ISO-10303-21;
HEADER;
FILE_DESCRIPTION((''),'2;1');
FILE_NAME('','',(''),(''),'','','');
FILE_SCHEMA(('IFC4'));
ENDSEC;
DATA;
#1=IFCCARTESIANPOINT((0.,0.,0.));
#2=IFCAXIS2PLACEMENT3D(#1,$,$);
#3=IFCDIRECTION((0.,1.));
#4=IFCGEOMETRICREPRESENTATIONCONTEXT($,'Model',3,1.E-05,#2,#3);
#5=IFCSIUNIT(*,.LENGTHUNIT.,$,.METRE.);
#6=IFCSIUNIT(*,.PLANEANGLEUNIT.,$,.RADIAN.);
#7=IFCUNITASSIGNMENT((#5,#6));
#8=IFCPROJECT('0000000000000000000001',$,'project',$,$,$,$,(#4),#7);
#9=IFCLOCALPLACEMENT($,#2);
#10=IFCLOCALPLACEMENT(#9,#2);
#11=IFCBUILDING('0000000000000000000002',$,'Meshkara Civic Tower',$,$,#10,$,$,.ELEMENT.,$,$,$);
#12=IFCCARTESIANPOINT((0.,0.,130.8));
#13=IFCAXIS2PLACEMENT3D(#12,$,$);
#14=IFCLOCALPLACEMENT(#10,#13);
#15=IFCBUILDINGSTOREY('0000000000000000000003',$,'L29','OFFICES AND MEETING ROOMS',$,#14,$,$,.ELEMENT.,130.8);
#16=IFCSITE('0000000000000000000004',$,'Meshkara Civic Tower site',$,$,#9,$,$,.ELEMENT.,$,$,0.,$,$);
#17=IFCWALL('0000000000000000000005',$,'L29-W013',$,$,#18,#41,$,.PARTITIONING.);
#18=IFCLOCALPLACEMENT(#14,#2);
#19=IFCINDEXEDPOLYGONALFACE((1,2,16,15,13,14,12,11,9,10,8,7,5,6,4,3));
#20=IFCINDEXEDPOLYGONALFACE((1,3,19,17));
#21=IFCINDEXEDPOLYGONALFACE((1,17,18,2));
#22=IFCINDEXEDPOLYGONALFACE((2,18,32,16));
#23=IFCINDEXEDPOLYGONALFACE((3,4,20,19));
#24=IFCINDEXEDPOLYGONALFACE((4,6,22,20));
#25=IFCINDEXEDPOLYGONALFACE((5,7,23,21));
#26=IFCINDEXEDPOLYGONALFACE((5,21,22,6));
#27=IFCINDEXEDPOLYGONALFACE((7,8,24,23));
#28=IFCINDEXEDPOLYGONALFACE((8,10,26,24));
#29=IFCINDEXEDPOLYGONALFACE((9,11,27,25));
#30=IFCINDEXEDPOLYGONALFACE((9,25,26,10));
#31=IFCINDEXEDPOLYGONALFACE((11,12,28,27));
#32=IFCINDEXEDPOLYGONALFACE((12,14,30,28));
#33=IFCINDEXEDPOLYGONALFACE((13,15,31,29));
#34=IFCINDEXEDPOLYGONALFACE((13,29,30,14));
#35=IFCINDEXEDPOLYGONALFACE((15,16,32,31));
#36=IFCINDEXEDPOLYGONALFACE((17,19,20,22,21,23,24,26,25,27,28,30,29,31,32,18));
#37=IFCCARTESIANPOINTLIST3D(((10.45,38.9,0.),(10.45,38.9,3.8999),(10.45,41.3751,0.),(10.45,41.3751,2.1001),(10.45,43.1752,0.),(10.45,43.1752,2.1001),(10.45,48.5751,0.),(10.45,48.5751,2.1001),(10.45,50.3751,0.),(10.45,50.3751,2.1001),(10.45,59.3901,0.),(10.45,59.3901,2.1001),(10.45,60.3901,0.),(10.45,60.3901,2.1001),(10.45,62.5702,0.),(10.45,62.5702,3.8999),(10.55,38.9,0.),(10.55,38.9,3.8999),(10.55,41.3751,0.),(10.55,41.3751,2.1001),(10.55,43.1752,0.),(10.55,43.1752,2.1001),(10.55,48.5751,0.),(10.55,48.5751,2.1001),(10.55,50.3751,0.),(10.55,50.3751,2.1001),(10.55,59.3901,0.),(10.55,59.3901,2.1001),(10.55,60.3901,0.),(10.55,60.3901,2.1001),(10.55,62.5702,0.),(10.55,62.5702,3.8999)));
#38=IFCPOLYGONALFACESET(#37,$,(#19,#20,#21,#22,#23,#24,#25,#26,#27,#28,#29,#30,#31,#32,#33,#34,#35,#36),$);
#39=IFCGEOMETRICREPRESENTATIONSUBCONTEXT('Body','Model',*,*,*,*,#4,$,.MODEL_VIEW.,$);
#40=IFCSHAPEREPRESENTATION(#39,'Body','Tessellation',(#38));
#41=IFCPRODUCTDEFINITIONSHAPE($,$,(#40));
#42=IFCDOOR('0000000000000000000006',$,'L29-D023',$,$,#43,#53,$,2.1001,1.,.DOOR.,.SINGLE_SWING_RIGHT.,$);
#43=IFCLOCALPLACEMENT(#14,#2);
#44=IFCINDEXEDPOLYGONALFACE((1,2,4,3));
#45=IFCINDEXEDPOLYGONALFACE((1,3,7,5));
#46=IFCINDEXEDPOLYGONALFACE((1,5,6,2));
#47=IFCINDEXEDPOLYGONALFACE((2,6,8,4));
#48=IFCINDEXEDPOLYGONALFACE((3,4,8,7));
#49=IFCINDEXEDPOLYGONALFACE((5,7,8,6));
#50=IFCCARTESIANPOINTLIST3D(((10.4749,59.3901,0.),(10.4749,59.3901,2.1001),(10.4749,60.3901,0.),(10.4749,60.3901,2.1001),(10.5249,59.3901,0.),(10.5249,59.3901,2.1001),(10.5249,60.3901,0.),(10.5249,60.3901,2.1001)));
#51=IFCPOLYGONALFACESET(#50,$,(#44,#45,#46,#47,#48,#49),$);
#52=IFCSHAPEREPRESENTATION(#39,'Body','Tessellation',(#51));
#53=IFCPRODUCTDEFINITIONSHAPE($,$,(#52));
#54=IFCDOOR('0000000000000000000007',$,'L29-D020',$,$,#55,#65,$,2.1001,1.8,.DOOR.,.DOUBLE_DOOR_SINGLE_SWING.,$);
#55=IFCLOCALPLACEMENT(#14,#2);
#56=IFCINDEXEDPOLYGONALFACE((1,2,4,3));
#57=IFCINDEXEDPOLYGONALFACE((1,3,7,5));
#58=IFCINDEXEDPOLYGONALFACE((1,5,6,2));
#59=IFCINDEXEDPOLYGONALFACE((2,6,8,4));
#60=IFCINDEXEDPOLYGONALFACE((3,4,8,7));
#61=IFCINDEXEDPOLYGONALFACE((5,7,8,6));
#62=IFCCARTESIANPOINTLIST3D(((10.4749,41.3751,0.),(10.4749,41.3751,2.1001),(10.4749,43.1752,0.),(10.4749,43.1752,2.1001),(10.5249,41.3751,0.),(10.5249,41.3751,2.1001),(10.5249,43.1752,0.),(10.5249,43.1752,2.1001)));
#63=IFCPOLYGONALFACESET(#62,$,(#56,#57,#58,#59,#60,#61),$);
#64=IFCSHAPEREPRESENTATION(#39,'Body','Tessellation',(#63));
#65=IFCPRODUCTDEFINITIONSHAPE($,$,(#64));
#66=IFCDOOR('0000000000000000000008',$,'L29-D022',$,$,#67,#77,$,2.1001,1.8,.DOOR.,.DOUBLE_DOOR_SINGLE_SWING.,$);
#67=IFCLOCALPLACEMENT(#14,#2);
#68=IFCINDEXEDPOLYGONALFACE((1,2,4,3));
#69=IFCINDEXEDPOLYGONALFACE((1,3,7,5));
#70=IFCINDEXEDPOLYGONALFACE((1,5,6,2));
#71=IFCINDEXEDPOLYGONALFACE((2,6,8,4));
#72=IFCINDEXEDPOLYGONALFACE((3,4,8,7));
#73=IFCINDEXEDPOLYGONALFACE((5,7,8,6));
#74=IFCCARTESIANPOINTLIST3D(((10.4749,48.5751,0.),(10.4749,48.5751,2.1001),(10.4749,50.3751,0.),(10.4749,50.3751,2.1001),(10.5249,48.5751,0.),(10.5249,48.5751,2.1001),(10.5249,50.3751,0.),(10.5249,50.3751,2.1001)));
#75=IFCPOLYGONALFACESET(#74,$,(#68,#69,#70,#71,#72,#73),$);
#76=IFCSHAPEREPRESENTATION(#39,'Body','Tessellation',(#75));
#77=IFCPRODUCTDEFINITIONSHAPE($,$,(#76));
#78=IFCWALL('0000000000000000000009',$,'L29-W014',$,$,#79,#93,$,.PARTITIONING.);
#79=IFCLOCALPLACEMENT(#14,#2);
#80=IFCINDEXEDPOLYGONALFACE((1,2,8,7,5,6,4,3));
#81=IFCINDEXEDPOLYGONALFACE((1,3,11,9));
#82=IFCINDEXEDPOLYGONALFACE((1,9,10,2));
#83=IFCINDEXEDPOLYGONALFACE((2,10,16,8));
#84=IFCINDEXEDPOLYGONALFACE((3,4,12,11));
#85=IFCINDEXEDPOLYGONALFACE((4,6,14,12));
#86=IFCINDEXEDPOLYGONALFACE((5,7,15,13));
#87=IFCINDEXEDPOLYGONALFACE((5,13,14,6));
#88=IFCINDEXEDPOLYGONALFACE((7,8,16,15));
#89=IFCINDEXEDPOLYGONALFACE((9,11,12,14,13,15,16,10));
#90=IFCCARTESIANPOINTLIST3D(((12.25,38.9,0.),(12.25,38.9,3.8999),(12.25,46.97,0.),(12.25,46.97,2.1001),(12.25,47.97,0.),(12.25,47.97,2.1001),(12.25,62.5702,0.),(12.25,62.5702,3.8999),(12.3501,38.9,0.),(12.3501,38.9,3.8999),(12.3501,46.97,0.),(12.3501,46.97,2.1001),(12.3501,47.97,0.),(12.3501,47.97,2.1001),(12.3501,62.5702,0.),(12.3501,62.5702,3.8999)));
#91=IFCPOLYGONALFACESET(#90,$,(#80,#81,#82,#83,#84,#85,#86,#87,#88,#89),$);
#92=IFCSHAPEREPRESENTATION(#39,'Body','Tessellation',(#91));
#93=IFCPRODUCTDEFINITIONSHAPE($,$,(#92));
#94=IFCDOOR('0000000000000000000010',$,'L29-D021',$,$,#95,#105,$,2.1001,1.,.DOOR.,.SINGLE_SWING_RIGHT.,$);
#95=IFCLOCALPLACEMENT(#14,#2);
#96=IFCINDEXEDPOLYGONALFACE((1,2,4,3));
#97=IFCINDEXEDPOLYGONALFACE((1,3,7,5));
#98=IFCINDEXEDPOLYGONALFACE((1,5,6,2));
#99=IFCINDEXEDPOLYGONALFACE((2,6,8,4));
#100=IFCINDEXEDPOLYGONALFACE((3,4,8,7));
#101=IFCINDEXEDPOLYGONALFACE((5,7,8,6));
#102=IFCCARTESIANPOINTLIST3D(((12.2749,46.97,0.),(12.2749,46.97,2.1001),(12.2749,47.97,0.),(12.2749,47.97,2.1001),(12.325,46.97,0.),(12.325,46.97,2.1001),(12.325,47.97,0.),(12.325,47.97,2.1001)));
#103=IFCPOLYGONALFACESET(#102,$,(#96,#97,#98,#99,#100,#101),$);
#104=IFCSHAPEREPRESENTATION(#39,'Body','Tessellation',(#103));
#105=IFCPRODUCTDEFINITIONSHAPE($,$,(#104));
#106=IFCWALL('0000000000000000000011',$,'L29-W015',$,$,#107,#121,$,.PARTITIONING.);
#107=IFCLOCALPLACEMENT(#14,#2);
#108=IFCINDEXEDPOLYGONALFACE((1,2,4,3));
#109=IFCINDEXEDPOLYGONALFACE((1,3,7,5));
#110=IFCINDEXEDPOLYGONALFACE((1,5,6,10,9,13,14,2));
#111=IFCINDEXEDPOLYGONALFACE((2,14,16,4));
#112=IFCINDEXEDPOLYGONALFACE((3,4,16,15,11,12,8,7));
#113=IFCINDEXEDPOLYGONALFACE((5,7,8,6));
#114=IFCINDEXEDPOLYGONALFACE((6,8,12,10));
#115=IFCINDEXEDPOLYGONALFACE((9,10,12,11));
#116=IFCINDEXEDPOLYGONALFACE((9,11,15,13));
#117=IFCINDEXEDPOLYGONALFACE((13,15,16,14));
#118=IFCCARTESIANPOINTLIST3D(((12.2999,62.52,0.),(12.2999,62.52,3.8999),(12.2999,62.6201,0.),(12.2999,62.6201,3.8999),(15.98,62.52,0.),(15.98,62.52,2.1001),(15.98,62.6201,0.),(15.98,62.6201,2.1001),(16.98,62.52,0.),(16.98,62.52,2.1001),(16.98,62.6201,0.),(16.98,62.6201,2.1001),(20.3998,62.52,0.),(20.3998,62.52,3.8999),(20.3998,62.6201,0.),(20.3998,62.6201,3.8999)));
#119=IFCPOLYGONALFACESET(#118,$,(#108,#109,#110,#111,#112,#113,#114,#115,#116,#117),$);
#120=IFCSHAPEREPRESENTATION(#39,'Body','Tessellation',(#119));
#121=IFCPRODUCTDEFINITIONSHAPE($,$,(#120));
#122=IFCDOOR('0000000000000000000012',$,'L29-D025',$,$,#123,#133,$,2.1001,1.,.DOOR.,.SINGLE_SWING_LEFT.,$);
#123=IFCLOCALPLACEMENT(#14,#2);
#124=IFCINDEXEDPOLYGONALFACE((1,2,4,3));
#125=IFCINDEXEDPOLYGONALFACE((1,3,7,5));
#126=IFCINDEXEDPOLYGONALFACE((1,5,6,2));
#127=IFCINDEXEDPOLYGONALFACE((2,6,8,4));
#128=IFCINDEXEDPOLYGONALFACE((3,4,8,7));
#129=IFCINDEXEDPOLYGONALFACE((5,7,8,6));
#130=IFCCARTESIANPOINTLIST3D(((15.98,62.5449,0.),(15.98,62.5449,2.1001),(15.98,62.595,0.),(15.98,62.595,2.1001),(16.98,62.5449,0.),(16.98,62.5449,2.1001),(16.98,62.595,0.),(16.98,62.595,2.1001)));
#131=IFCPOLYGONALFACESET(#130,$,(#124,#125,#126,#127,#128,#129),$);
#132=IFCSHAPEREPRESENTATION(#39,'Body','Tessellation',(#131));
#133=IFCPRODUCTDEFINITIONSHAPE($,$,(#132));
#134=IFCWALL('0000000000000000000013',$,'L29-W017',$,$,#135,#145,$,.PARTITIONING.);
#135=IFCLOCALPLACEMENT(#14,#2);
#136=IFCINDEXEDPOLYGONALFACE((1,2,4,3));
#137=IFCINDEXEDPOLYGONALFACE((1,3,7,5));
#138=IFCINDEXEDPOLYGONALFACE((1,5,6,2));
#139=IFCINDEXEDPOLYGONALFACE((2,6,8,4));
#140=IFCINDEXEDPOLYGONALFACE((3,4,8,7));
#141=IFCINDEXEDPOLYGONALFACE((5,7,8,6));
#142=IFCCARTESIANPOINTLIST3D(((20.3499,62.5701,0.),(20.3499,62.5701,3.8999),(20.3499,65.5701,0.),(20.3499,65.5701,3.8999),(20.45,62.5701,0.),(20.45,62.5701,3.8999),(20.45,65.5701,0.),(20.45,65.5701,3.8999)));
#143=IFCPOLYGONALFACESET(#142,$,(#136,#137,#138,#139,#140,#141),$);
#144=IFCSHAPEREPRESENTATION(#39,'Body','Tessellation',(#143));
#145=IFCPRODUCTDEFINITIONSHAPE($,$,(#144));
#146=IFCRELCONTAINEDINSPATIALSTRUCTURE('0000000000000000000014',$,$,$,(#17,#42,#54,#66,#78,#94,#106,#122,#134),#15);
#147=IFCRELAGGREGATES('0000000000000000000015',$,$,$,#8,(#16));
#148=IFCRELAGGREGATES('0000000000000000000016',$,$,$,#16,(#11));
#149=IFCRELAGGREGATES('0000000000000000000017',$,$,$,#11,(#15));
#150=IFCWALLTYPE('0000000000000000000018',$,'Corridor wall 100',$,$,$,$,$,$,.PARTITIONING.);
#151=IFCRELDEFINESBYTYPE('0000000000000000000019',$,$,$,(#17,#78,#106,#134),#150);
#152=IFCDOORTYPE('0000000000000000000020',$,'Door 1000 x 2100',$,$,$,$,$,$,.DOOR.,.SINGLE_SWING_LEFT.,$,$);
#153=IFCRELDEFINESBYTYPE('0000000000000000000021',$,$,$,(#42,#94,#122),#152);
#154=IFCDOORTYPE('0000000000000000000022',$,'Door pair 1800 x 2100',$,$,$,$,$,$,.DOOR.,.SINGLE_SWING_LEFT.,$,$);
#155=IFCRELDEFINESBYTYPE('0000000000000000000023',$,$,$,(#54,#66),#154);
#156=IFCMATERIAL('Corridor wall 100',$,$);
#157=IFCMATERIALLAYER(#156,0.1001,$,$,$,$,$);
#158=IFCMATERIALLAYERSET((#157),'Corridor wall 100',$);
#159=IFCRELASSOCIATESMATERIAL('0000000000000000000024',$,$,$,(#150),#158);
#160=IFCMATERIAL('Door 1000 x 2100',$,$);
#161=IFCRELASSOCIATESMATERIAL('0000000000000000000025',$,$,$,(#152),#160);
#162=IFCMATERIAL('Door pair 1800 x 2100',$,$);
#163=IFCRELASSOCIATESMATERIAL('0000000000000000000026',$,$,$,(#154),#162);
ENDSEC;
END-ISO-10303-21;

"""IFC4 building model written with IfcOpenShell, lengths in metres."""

from ifc_helpers import new_model, si_unit, direction, frame, frame_2d, origin, place, context, subcontext, project, spatial, rectangle, extrude, material, layer, layer_set, type_object, element, fill, save


model = new_model("IFC4")

# Units and contexts
model_context = context("Model", 3, precision=1e-05, world=origin(), true_north=direction((0.0, 1.0)))
body_context = subcontext(model_context, "Body", "Model", "MODEL_VIEW")
ifc_project = project(units=[si_unit("LENGTHUNIT", "METRE"), si_unit("PLANEANGLEUNIT", "RADIAN")], contexts=[model_context])

# Site, building, storey
site_placement = place(None, origin())
site = spatial("IfcSite", under=ifc_project, at=site_placement, Name="Meshkara Civic Tower site", CompositionType="ELEMENT", RefElevation=0.0)
building_placement = place(site_placement, origin())
building = spatial("IfcBuilding", under=site, at=building_placement, Name="Meshkara Civic Tower", CompositionType="ELEMENT")
storey_placement = place(building_placement, frame((0.0, 0.0, 130.8)))
storey = spatial("IfcBuildingStorey", under=building, at=storey_placement, Name="L29", Description="OFFICES AND MEETING ROOMS", CompositionType="ELEMENT", Elevation=130.8)

# Wall, openings, doors
ifc_material_1 = material(Name="Corridor wall 100")
ifc_layer_1 = layer(ifc_material_1, 0.1001)
ifc_layer_set_1 = layer_set([ifc_layer_1], Name="Corridor wall 100")
wall_type_1 = type_object("IfcWallType", Name="Corridor wall 100", PredefinedType="PARTITIONING", material=ifc_layer_set_1)
wall_1_placement = place(storey_placement, frame((10.5, 62.5701, 0.0), z_axis=(0.0, 0.0, 1.0), x_axis=(0.0, -1.0, 0.0)))
wall_1 = element("IfcWall", 1, at=wall_1_placement, inside=storey, type_object=wall_type_1, Name="L29-W013", PredefinedType="PARTITIONING", context=body_context, shape_type="SweptSolid", body=[
    extrude(rectangle(XDim=23.6702, YDim=0.1001, at=frame_2d((11.835, 0.0))), origin(), (0.0, 0.0, 1.0), 3.8999),
])
opening_1_placement = place(wall_1_placement, frame((19.395, 0.0, 0.0)))
opening_1 = element("IfcOpeningElement", 2, at=opening_1_placement, cuts=wall_1, PredefinedType="OPENING", context=body_context, shape_type="SweptSolid", body=[
    extrude(rectangle(XDim=1.8, YDim=2.1001, at=frame_2d((0.8999, 1.05))), frame((0.0, 0.0601, 0.0), z_axis=(0.0, -1.0, 0.0), x_axis=(1.0, 0.0, 0.0)), (0.0, 0.0, 1.0), 0.1201),
])
opening_2_placement = place(wall_1_placement, frame((12.1951, 0.0, 0.0)))
opening_2 = element("IfcOpeningElement", 3, at=opening_2_placement, cuts=wall_1, PredefinedType="OPENING", context=body_context, shape_type="SweptSolid", body=[
    extrude(rectangle(XDim=1.8, YDim=2.1001, at=frame_2d((0.8999, 1.05))), frame((0.0, 0.0601, 0.0), z_axis=(0.0, -1.0, 0.0), x_axis=(1.0, 0.0, 0.0)), (0.0, 0.0, 1.0), 0.1201),
])
opening_3_placement = place(wall_1_placement, frame((2.1799, 0.0, 0.0)))
opening_3 = element("IfcOpeningElement", 4, at=opening_3_placement, cuts=wall_1, PredefinedType="OPENING", context=body_context, shape_type="SweptSolid", body=[
    extrude(rectangle(XDim=1.0, YDim=2.1001, at=frame_2d((0.5, 1.05))), frame((0.0, 0.0601, 0.0), z_axis=(0.0, -1.0, 0.0), x_axis=(1.0, 0.0, 0.0)), (0.0, 0.0, 1.0), 0.1201),
])
ifc_material_2 = material(Name="Door 1000 x 2100")
door_type_1 = type_object("IfcDoorType", Name="Door 1000 x 2100", OperationType="SINGLE_SWING_LEFT", PredefinedType="DOOR", material=ifc_material_2)
door_1_placement = place(opening_3_placement, origin())
door_1 = element("IfcDoor", 5, at=door_1_placement, inside=storey, type_object=door_type_1, Name="L29-D023", OperationType="SINGLE_SWING_RIGHT", OverallHeight=2.1001, OverallWidth=1.0, PredefinedType="DOOR", context=body_context, shape_type="SweptSolid", body=[
    extrude(rectangle(XDim=1.0, YDim=2.1001, at=frame_2d((0.5, 1.05))), frame((0.0, 0.0249, 0.0), z_axis=(0.0, -1.0, 0.0), x_axis=(1.0, 0.0, 0.0)), (0.0, 0.0, 1.0), 0.05),
])
fill(opening_3, door_1)
ifc_material_3 = material(Name="Door pair 1800 x 2100")
door_type_2 = type_object("IfcDoorType", Name="Door pair 1800 x 2100", OperationType="SINGLE_SWING_LEFT", PredefinedType="DOOR", material=ifc_material_3)
door_2_placement = place(opening_1_placement, origin())
door_2 = element("IfcDoor", 6, at=door_2_placement, inside=storey, type_object=door_type_2, Name="L29-D020", OperationType="DOUBLE_DOOR_SINGLE_SWING", OverallHeight=2.1001, OverallWidth=1.8, PredefinedType="DOOR", context=body_context, shape_type="SweptSolid", body=[
    extrude(rectangle(XDim=1.8, YDim=2.1001, at=frame_2d((0.8999, 1.05))), frame((0.0, 0.0249, 0.0), z_axis=(0.0, -1.0, 0.0), x_axis=(1.0, 0.0, 0.0)), (0.0, 0.0, 1.0), 0.05),
])
fill(opening_1, door_2)
door_3_placement = place(opening_2_placement, origin())
door_3 = element("IfcDoor", 7, at=door_3_placement, inside=storey, type_object=door_type_2, Name="L29-D022", OperationType="DOUBLE_DOOR_SINGLE_SWING", OverallHeight=2.1001, OverallWidth=1.8, PredefinedType="DOOR", context=body_context, shape_type="SweptSolid", body=[
    extrude(rectangle(XDim=1.8, YDim=2.1001, at=frame_2d((0.8999, 1.05))), frame((0.0, 0.0249, 0.0), z_axis=(0.0, -1.0, 0.0), x_axis=(1.0, 0.0, 0.0)), (0.0, 0.0, 1.0), 0.05),
])
fill(opening_2, door_3)

# Walls, openings, doors
wall_2_placement = place(storey_placement, frame((12.3, 62.5701, 0.0), z_axis=(0.0, 0.0, 1.0), x_axis=(0.0, -1.0, 0.0)))
wall_2 = element("IfcWall", 8, at=wall_2_placement, inside=storey, type_object=wall_type_1, Name="L29-W014", PredefinedType="PARTITIONING", context=body_context, shape_type="SweptSolid", body=[
    extrude(rectangle(XDim=23.6702, YDim=0.1001, at=frame_2d((11.835, 0.0))), origin(), (0.0, 0.0, 1.0), 3.8999),
])
opening_4_placement = place(wall_2_placement, frame((14.6001, 0.0, 0.0)))
opening_4 = element("IfcOpeningElement", 9, at=opening_4_placement, cuts=wall_2, PredefinedType="OPENING", context=body_context, shape_type="SweptSolid", body=[
    extrude(rectangle(XDim=1.0, YDim=2.1001, at=frame_2d((0.5, 1.05))), frame((0.0, 0.0601, 0.0), z_axis=(0.0, -1.0, 0.0), x_axis=(1.0, 0.0, 0.0)), (0.0, 0.0, 1.0), 0.1201),
])
door_4_placement = place(opening_4_placement, origin())
door_4 = element("IfcDoor", 10, at=door_4_placement, inside=storey, type_object=door_type_1, Name="L29-D021", OperationType="SINGLE_SWING_RIGHT", OverallHeight=2.1001, OverallWidth=1.0, PredefinedType="DOOR", context=body_context, shape_type="SweptSolid", body=[
    extrude(rectangle(XDim=1.0, YDim=2.1001, at=frame_2d((0.5, 1.05))), frame((0.0, 0.0249, 0.0), z_axis=(0.0, -1.0, 0.0), x_axis=(1.0, 0.0, 0.0)), (0.0, 0.0, 1.0), 0.05),
])
fill(opening_4, door_4)
wall_3_placement = place(storey_placement, frame((12.3, 62.5701, 0.0), z_axis=(0.0, 0.0, 1.0), x_axis=(1.0, 0.0, 0.0)))
wall_3 = element("IfcWall", 11, at=wall_3_placement, inside=storey, type_object=wall_type_1, Name="L29-W015", PredefinedType="PARTITIONING", context=body_context, shape_type="SweptSolid", body=[
    extrude(rectangle(XDim=8.0999, YDim=0.1001, at=frame_2d((4.0498, 0.0))), origin(), (0.0, 0.0, 1.0), 3.8999),
])
opening_5_placement = place(wall_3_placement, frame((3.6799, 0.0, 0.0)))
opening_5 = element("IfcOpeningElement", 12, at=opening_5_placement, cuts=wall_3, PredefinedType="OPENING", context=body_context, shape_type="SweptSolid", body=[
    extrude(rectangle(XDim=1.0, YDim=2.1001, at=frame_2d((0.5, 1.05))), frame((0.0, 0.0601, 0.0), z_axis=(0.0, -1.0, 0.0), x_axis=(1.0, 0.0, 0.0)), (0.0, 0.0, 1.0), 0.1201),
])
door_5_placement = place(opening_5_placement, origin())
door_5 = element("IfcDoor", 13, at=door_5_placement, inside=storey, type_object=door_type_1, Name="L29-D025", OperationType="SINGLE_SWING_LEFT", OverallHeight=2.1001, OverallWidth=1.0, PredefinedType="DOOR", context=body_context, shape_type="SweptSolid", body=[
    extrude(rectangle(XDim=1.0, YDim=2.1001, at=frame_2d((0.5, 1.05))), frame((0.0, 0.0249, 0.0), z_axis=(0.0, -1.0, 0.0), x_axis=(1.0, 0.0, 0.0)), (0.0, 0.0, 1.0), 0.05),
])
fill(opening_5, door_5)

# Wall
wall_4_placement = place(storey_placement, frame((20.3999, 62.5701, 0.0), z_axis=(0.0, 0.0, 1.0), x_axis=(0.0, 1.0, 0.0)))
element("IfcWall", 14, at=wall_4_placement, inside=storey, type_object=wall_type_1, Name="L29-W017", PredefinedType="PARTITIONING", context=body_context, shape_type="SweptSolid", body=[
    extrude(rectangle(XDim=3.0, YDim=0.1001, at=frame_2d((1.5, 0.0))), origin(), (0.0, 0.0, 1.0), 3.8999),
])

save(model, "model.ifc")
